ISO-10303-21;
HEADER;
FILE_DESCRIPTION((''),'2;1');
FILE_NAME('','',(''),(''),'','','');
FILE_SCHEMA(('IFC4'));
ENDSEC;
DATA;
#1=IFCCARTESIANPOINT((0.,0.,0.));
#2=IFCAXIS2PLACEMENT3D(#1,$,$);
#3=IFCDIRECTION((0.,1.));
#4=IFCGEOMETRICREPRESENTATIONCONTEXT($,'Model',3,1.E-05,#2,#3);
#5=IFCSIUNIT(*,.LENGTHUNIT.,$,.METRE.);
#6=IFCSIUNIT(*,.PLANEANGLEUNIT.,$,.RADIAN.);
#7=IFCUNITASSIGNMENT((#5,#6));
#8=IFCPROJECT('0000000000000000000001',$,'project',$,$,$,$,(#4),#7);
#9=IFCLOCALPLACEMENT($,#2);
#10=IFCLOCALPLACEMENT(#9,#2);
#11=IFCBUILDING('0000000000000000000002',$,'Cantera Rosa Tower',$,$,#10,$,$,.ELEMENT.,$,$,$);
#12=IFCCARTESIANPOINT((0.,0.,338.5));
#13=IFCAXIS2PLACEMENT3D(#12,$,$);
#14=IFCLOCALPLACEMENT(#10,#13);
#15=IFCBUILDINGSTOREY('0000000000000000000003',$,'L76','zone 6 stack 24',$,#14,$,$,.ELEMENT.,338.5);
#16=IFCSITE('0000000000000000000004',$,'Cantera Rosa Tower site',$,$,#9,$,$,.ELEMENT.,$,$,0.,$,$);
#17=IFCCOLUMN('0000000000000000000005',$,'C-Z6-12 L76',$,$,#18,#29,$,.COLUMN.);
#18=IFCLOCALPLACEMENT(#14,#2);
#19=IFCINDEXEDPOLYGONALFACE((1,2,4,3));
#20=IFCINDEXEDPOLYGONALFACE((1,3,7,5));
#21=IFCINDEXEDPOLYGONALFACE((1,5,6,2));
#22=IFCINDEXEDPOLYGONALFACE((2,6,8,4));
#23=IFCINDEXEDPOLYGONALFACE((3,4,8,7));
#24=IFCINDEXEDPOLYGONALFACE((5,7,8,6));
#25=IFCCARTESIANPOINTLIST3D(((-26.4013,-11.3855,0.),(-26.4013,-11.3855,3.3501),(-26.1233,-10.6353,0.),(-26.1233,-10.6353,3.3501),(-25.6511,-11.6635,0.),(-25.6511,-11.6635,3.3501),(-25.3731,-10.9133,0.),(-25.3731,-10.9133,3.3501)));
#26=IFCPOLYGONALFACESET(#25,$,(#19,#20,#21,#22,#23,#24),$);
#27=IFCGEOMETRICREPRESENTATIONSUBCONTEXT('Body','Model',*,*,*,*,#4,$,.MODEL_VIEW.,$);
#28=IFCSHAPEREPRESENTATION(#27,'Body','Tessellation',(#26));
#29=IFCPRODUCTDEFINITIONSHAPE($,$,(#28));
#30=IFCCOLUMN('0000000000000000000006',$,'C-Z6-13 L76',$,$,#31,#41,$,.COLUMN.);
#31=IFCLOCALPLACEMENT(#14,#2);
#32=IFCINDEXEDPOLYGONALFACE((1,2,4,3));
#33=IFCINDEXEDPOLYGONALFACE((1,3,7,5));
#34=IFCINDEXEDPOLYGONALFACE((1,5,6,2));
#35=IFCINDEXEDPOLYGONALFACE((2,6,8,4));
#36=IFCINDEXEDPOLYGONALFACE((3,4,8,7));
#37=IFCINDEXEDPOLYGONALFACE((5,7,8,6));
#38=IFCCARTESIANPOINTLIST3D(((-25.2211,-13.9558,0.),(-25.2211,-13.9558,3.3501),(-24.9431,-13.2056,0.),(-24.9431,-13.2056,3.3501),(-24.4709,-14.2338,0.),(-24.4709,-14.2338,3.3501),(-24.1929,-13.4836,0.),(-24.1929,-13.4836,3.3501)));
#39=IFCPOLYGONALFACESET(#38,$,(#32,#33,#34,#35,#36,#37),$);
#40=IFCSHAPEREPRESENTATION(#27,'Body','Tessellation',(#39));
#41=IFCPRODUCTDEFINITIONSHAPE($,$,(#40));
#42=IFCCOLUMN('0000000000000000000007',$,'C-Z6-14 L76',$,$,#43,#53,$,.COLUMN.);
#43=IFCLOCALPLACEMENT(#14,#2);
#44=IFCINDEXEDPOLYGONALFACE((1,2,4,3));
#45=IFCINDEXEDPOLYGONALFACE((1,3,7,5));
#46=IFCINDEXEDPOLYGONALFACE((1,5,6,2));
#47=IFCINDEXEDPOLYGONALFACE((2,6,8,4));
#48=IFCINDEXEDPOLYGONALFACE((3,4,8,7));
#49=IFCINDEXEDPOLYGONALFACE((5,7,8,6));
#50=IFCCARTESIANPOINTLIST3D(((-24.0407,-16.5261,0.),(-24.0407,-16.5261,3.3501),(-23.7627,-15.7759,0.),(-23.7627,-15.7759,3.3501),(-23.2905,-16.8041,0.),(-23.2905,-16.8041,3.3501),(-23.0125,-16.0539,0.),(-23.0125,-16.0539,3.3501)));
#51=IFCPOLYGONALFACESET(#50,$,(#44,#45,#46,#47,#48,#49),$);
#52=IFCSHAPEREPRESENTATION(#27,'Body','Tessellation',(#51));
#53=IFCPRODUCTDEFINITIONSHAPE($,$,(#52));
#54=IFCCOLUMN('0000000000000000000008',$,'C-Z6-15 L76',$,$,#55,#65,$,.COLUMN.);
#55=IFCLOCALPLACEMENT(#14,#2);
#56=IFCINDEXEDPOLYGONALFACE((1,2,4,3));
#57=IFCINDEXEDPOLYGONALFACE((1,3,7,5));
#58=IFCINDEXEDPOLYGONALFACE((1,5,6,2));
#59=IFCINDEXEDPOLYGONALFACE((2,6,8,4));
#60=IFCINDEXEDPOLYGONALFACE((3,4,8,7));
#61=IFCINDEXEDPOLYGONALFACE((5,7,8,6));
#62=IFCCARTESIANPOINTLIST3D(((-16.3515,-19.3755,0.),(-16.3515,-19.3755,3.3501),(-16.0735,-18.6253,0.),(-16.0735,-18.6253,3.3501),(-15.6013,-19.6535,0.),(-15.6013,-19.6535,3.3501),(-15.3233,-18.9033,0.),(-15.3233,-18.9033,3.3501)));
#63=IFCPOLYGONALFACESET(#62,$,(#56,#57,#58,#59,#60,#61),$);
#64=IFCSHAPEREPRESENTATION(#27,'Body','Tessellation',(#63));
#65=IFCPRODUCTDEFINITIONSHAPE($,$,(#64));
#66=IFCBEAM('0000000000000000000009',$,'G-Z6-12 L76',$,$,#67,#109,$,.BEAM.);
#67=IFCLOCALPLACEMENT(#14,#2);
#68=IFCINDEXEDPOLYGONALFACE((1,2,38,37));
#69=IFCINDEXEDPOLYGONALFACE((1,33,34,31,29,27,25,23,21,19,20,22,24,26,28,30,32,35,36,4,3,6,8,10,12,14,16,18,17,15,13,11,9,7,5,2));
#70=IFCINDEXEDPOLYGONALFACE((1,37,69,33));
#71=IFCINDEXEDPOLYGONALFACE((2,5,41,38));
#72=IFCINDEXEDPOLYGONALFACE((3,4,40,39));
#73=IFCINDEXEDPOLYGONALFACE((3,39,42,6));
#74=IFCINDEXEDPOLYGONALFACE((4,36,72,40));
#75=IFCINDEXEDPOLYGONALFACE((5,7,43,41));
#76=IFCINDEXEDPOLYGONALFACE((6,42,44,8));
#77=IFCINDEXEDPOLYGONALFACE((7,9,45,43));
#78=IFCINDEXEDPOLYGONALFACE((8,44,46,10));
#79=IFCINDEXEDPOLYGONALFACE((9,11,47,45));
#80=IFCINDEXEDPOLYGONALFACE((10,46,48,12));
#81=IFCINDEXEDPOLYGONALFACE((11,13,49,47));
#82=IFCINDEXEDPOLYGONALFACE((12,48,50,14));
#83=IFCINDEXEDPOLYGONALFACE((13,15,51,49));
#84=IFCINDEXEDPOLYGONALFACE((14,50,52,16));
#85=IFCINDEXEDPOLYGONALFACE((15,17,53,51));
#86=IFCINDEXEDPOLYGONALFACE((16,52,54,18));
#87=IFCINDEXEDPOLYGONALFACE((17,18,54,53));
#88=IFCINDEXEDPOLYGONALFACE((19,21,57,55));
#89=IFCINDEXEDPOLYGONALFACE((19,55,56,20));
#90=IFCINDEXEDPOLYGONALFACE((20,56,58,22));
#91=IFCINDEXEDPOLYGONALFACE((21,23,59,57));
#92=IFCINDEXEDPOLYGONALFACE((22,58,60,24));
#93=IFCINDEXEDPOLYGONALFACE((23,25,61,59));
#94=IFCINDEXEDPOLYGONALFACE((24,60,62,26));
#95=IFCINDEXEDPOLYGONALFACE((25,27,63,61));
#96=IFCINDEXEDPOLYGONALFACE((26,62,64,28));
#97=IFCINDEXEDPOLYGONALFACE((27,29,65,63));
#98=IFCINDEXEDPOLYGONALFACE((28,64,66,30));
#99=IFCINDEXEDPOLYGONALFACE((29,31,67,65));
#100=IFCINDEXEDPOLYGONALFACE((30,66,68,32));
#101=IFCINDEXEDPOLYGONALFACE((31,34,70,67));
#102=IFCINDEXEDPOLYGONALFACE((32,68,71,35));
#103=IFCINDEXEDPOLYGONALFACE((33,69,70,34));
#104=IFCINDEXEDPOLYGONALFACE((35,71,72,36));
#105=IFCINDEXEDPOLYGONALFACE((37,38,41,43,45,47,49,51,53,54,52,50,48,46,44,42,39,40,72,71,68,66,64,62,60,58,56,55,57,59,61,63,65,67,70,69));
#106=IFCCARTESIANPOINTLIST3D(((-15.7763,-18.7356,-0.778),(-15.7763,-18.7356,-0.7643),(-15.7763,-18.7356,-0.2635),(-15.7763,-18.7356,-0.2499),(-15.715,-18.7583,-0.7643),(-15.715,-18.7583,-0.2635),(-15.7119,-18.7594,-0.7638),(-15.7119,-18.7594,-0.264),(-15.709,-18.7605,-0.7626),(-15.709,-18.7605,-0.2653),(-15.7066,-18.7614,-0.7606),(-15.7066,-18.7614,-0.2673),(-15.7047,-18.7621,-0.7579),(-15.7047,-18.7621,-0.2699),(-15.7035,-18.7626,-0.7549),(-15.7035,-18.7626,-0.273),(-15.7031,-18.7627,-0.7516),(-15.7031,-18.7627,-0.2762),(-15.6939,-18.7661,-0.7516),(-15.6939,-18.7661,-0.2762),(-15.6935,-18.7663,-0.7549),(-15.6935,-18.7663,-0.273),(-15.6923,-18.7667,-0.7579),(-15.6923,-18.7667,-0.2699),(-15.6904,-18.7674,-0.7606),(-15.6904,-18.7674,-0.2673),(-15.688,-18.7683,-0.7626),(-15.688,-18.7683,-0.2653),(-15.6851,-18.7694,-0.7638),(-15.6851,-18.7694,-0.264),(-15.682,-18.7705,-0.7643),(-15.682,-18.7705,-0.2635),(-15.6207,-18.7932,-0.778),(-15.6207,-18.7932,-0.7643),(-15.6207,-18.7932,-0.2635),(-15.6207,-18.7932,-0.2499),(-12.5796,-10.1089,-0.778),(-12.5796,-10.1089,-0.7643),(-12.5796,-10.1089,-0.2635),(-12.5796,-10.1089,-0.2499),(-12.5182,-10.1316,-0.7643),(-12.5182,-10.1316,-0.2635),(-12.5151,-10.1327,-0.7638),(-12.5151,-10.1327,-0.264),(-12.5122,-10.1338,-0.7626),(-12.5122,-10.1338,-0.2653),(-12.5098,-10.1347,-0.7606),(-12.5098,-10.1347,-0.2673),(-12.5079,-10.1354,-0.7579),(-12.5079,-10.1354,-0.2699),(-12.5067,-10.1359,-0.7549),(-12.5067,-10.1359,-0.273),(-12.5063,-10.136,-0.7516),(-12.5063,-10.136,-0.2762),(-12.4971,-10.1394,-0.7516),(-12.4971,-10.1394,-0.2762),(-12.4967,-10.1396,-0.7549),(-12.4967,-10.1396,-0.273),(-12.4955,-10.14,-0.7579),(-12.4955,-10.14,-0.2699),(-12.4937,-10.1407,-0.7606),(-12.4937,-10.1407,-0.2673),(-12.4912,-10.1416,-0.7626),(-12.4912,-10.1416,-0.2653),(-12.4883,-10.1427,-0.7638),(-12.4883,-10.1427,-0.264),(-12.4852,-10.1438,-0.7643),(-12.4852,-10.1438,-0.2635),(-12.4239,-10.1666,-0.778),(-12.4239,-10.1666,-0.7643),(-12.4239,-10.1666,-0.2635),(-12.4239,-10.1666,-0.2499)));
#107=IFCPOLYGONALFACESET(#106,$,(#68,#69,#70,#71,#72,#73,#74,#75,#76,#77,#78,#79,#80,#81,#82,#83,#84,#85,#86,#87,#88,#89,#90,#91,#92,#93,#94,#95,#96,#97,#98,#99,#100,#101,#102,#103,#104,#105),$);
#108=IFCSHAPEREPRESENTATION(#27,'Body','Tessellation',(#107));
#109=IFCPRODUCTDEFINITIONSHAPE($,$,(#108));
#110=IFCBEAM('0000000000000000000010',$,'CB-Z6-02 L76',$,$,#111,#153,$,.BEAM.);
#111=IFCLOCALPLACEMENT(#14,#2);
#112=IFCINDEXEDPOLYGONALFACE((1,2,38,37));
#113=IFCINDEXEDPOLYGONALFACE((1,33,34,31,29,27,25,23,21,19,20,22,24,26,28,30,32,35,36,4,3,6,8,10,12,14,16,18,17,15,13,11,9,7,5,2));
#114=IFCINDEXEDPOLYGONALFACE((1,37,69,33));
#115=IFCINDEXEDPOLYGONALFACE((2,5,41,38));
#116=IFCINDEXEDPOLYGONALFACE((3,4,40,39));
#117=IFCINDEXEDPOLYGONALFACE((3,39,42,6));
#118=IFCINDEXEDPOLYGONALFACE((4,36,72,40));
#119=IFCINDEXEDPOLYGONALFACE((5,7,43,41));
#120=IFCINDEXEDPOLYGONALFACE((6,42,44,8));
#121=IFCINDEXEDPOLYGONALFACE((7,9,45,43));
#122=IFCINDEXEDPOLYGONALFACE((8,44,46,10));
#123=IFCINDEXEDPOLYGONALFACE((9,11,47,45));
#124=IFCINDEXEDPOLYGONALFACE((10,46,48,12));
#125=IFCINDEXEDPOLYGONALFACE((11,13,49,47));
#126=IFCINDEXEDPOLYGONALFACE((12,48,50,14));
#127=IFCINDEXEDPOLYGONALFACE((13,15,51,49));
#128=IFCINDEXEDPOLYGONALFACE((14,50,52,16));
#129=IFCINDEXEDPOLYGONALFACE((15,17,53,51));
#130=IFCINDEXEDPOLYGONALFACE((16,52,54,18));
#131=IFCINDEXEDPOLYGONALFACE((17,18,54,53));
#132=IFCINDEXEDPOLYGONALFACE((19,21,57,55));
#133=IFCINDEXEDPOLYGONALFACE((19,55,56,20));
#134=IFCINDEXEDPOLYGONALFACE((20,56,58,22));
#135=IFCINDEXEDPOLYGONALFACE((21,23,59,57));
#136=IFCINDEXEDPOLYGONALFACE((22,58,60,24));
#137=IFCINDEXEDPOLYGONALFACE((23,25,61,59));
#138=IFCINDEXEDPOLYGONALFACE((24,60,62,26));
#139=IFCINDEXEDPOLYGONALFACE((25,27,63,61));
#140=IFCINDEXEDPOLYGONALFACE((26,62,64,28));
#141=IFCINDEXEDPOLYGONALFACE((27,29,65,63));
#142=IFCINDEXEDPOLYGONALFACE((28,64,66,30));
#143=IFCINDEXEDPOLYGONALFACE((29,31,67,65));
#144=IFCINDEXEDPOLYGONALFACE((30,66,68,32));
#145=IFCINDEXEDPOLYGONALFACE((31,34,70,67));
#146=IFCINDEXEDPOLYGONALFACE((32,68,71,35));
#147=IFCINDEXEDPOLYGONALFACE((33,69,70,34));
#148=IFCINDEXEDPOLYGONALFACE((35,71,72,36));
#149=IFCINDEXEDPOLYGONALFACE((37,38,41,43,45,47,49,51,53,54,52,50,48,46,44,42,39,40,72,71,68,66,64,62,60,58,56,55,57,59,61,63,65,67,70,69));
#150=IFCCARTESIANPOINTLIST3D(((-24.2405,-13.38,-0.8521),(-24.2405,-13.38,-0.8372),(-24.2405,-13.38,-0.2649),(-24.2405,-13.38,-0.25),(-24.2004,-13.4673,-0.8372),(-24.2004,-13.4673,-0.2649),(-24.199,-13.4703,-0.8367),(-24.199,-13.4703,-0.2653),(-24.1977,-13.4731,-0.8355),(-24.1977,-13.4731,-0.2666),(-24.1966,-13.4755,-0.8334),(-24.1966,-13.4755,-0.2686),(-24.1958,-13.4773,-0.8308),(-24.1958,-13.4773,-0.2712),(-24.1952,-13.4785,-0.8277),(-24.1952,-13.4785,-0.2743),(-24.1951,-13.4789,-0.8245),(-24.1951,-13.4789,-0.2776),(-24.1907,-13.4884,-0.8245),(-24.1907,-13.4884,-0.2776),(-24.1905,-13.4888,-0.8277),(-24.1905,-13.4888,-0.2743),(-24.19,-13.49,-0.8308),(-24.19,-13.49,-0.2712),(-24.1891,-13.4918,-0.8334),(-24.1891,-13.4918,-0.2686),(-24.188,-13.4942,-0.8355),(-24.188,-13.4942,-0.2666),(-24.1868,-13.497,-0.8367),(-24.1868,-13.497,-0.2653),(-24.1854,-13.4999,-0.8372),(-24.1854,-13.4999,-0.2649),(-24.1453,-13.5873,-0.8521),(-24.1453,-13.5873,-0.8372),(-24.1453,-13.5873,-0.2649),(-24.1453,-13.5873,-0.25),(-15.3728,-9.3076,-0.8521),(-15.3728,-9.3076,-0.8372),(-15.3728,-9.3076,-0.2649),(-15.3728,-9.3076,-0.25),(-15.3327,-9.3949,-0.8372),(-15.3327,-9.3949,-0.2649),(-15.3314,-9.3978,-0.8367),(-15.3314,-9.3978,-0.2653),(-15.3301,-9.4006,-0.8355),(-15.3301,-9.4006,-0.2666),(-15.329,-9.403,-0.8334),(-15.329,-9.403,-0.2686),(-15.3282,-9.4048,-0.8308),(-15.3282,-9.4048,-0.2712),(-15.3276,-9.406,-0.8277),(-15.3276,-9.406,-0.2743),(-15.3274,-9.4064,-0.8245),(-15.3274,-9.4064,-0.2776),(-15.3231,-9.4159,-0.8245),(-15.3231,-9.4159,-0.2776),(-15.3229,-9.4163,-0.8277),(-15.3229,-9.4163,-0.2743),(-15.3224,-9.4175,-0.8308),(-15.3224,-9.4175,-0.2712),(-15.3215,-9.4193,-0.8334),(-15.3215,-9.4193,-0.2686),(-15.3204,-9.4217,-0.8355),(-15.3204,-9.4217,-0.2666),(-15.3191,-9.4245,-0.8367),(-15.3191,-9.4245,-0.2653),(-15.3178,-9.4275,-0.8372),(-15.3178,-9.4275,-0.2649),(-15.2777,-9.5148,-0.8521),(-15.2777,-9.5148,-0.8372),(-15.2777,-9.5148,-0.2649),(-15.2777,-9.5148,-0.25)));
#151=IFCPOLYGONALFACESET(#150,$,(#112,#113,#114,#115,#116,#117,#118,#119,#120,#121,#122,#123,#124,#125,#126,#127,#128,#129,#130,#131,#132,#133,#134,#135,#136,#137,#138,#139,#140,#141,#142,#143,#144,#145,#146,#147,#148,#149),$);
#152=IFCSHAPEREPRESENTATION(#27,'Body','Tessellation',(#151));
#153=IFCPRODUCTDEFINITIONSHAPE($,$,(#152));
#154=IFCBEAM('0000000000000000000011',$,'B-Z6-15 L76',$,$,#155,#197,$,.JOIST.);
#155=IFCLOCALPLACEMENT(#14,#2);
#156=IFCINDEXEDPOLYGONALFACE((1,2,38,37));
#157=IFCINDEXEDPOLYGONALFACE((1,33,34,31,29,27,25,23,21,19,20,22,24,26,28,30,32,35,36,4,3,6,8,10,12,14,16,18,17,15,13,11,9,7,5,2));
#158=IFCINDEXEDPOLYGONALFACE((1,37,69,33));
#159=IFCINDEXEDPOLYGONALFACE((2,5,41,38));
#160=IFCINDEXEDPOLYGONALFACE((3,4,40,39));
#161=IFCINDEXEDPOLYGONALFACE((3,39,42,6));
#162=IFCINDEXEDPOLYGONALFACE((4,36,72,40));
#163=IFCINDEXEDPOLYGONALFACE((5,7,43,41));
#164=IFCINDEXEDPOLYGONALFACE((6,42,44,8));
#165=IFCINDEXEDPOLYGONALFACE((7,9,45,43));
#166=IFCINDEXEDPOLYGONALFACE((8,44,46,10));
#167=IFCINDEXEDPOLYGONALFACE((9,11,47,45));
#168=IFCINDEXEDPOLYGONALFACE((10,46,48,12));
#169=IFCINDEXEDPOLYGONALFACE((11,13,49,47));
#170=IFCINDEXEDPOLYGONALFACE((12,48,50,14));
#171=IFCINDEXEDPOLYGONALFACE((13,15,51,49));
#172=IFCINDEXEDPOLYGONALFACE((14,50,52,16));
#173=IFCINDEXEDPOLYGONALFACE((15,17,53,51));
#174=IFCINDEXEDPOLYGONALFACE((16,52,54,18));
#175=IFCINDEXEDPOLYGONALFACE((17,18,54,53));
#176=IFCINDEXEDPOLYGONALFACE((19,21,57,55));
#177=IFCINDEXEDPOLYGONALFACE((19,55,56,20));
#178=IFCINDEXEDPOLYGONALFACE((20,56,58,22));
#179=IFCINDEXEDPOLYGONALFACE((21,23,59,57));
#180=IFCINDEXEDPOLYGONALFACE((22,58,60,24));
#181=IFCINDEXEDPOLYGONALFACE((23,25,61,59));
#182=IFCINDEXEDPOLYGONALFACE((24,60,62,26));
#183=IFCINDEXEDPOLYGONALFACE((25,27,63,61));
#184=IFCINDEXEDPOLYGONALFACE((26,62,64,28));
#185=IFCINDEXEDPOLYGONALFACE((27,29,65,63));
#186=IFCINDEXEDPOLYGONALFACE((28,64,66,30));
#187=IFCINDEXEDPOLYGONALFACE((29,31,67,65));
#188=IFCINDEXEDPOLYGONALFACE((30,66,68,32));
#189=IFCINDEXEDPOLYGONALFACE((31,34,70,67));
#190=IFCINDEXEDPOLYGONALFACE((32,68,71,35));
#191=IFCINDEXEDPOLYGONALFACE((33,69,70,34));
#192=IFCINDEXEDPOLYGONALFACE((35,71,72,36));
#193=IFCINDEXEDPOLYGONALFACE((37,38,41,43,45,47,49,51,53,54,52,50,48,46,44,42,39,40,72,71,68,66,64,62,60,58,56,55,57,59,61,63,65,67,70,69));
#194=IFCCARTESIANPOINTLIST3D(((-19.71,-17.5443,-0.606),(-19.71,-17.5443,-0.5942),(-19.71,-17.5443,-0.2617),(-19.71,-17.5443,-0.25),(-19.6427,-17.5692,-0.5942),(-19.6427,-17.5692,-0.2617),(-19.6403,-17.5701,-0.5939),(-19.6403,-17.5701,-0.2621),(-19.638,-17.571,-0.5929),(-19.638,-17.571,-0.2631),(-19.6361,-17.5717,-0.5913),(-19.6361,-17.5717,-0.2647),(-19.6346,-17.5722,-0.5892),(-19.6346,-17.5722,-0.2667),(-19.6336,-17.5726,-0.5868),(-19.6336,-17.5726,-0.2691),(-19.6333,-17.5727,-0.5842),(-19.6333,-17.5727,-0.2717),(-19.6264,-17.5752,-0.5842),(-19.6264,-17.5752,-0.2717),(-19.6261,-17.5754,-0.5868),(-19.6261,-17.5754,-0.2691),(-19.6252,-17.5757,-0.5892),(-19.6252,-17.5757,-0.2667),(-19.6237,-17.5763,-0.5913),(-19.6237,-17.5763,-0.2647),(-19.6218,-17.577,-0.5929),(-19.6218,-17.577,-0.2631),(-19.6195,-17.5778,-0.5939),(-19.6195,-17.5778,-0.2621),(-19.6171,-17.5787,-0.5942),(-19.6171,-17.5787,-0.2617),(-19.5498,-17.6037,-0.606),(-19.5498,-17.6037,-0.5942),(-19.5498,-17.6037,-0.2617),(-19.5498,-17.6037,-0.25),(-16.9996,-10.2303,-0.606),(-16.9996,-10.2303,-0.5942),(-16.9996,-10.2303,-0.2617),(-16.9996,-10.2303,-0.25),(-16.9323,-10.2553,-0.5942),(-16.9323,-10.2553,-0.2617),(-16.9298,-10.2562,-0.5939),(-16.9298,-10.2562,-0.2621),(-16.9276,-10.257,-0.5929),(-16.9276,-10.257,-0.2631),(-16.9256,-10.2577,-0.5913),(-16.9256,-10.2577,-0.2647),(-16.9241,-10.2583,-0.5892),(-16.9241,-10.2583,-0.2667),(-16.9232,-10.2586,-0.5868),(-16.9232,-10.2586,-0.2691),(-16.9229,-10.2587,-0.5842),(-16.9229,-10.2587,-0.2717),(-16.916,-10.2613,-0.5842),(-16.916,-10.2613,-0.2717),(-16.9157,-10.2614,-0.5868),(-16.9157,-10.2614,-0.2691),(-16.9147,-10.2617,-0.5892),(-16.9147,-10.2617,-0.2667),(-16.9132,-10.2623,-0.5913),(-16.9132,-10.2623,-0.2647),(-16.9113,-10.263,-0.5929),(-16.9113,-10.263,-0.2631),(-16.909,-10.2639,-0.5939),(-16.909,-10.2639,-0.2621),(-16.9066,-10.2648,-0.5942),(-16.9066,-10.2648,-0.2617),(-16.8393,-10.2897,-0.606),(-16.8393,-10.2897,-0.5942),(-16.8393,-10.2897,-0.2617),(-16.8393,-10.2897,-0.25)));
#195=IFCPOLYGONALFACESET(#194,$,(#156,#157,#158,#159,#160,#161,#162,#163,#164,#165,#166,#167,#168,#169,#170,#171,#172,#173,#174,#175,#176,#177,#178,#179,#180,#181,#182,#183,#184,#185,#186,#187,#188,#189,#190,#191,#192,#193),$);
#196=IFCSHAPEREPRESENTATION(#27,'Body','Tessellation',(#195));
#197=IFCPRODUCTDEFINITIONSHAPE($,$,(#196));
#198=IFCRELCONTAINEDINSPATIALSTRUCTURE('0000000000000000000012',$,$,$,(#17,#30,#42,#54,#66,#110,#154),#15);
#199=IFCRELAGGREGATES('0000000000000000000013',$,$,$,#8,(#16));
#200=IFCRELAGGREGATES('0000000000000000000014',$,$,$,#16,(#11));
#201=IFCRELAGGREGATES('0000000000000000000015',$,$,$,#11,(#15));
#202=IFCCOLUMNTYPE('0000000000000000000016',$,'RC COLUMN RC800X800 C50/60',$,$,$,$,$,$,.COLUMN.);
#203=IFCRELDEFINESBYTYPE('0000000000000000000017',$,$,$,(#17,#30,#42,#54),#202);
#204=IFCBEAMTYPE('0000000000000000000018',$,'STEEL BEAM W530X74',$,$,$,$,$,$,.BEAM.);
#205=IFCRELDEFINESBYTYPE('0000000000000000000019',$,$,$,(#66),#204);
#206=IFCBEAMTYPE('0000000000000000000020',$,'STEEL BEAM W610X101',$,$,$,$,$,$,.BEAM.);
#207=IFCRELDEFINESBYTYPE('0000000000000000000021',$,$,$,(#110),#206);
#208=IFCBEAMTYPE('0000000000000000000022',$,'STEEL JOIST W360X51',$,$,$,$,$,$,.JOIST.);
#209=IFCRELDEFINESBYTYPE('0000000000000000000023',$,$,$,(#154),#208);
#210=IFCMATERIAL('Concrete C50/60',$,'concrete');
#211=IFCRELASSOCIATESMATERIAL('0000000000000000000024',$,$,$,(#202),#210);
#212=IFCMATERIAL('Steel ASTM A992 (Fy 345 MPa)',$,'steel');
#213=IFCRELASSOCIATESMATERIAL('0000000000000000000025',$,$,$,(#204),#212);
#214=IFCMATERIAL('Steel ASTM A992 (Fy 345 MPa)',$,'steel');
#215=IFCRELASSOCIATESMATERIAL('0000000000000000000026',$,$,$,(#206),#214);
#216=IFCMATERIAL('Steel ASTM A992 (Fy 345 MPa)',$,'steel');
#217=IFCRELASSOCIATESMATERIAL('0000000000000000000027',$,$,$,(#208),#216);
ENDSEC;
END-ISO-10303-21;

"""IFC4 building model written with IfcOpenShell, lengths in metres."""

from ifc_helpers import new_model, si_unit, direction, frame, origin, origin_2d, place, context, subcontext, project, spatial, rectangle, i_section, extrude, material, material_profile, profile_set, type_object, element, save


model = new_model("IFC4")

# Units and contexts
model_context = context("Model", 3, precision=1e-05, world=origin(), true_north=direction((0.0, 1.0)))
body_context = subcontext(model_context, "Body", "Model", "MODEL_VIEW")
ifc_project = project(units=[si_unit("LENGTHUNIT", "METRE"), si_unit("PLANEANGLEUNIT", "RADIAN")], contexts=[model_context])

# Site, building, storey
site_placement = place(None, origin())
site = spatial("IfcSite", under=ifc_project, at=site_placement, Name="Cantera Rosa Tower site", CompositionType="ELEMENT", RefElevation=0.0)
building_placement = place(site_placement, origin())
building = spatial("IfcBuilding", under=site, at=building_placement, Name="Cantera Rosa Tower", CompositionType="ELEMENT")
storey_placement = place(building_placement, frame((0.0, 0.0, 338.5)))
storey = spatial("IfcBuildingStorey", under=building, at=storey_placement, Name="L76", Description="zone 6 stack 24", CompositionType="ELEMENT", Elevation=338.5)

# Columns
ifc_material_1 = material(Name="Concrete C50/60", Category="concrete")
ifc_material_profile_1 = material_profile(ifc_material_1, rectangle(XDim=0.8, YDim=0.8, at=origin_2d()), Name="RC COLUMN RC800X800 C50/60")
ifc_profile_set_1 = profile_set([ifc_material_profile_1], Name="Concrete C50/60")
column_type = type_object("IfcColumnType", Name="RC COLUMN RC800X800 C50/60", PredefinedType="COLUMN", material=ifc_profile_set_1)
for number, where, z_axis, x_axis, name in (
    (1, (-25.8872, -11.1494, 0.0), (0.0, 0.0, 1.0), (0.347481, 0.937687, 0.0), "C-Z6-12 L76"),
    (2, (-24.707, -13.7197, 0.0), (0.0, 0.0, 1.0), (0.347481, 0.937687, 0.0), "C-Z6-13 L76"),
    (3, (-23.5266, -16.29, 0.0), (0.0, 0.0, 1.0), (0.347481, 0.937687, 0.0), "C-Z6-14 L76"),
    (4, (-15.8374, -19.1394, 0.0), (0.0, 0.0, 1.0), (0.347481, 0.937687, 0.0), "C-Z6-15 L76"),
):
    element("IfcColumn", number, at=place(storey_placement, frame(where, z_axis=z_axis, x_axis=x_axis)), inside=storey, type_object=column_type, Name=name, PredefinedType="COLUMN", context=body_context, shape_type="SweptSolid", body=[
        extrude(rectangle(XDim=0.8, YDim=0.8, at=origin_2d()), origin(), (0.0, 0.0, 1.0), 3.3501),
    ])

# Beams
ifc_material_2 = material(Name="Steel ASTM A992 (Fy 345 MPa)", Category="steel")
ifc_material_profile_2 = material_profile(ifc_material_2, i_section(OverallWidth=0.166, OverallDepth=0.5281, WebThickness=0.0098, FlangeThickness=0.0137, FilletRadius=0.0127, at=origin_2d()), Name="W530X74")
ifc_profile_set_2 = profile_set([ifc_material_profile_2], Name="Steel ASTM A992 (Fy 345 MPa)")
beam_type_1 = type_object("IfcBeamType", Name="STEEL BEAM W530X74", PredefinedType="BEAM", material=ifc_profile_set_2)
beam_1_placement = place(storey_placement, frame((-15.6985, -18.7644, -0.5139), z_axis=(0.347477, 0.937689, 0.0), x_axis=(-0.937689, 0.347477, 0.0)))
element("IfcBeam", 5, at=beam_1_placement, inside=storey, type_object=beam_type_1, Name="G-Z6-12 L76", PredefinedType="BEAM", context=body_context, shape_type="SweptSolid", body=[
    extrude(i_section(OverallWidth=0.166, OverallDepth=0.5281, WebThickness=0.0098, FlangeThickness=0.0137, FilletRadius=0.0127, at=origin_2d()), origin(), (0.0, 0.0, 1.0), 9.2),
])
ifc_material_3 = material(Name="Steel ASTM A992 (Fy 345 MPa)", Category="steel")
ifc_material_profile_3 = material_profile(ifc_material_3, i_section(OverallWidth=0.228, OverallDepth=0.6021, WebThickness=0.0105, FlangeThickness=0.0149, FilletRadius=0.0127, at=origin_2d()), Name="W610X101")
ifc_profile_set_3 = profile_set([ifc_material_profile_3], Name="Steel ASTM A992 (Fy 345 MPa)")
beam_type_2 = type_object("IfcBeamType", Name="STEEL BEAM W610X101", PredefinedType="BEAM", material=ifc_profile_set_3)
beam_2_placement = place(storey_placement, frame((-24.1929, -13.4836, -0.551), z_axis=(0.908748, 0.417346, 0.0), x_axis=(-0.417346, 0.908748, 0.0)))
element("IfcBeam", 6, at=beam_2_placement, inside=storey, type_object=beam_type_2, Name="CB-Z6-02 L76", PredefinedType="BEAM", context=body_context, shape_type="SweptSolid", body=[
    extrude(i_section(OverallWidth=0.228, OverallDepth=0.6021, WebThickness=0.0105, FlangeThickness=0.0149, FilletRadius=0.0127, at=origin_2d()), origin(), (0.0, 0.0, 1.0), 9.7581),
])
ifc_material_4 = material(Name="Steel ASTM A992 (Fy 345 MPa)", Category="steel")
ifc_material_profile_4 = material_profile(ifc_material_4, i_section(OverallWidth=0.1709, OverallDepth=0.356, WebThickness=0.0073, FlangeThickness=0.0117, FilletRadius=0.01, at=origin_2d()), Name="W360X51")
ifc_profile_set_4 = profile_set([ifc_material_profile_4], Name="Steel ASTM A992 (Fy 345 MPa)")
beam_type_3 = type_object("IfcBeamType", Name="STEEL JOIST W360X51", PredefinedType="JOIST", material=ifc_profile_set_4)
beam_3_placement = place(storey_placement, frame((-19.6299, -17.574, -0.428), z_axis=(0.347492, 0.937683, 0.0), x_axis=(-0.937683, 0.347492, 0.0)))
element("IfcBeam", 7, at=beam_3_placement, inside=storey, type_object=beam_type_3, Name="B-Z6-15 L76", PredefinedType="JOIST", context=body_context, shape_type="SweptSolid", body=[
    extrude(i_section(OverallWidth=0.1709, OverallDepth=0.356, WebThickness=0.0073, FlangeThickness=0.0117, FilletRadius=0.01, at=origin_2d()), origin(), (0.0, 0.0, 1.0), 7.8),
])

save(model, "model.ifc")
